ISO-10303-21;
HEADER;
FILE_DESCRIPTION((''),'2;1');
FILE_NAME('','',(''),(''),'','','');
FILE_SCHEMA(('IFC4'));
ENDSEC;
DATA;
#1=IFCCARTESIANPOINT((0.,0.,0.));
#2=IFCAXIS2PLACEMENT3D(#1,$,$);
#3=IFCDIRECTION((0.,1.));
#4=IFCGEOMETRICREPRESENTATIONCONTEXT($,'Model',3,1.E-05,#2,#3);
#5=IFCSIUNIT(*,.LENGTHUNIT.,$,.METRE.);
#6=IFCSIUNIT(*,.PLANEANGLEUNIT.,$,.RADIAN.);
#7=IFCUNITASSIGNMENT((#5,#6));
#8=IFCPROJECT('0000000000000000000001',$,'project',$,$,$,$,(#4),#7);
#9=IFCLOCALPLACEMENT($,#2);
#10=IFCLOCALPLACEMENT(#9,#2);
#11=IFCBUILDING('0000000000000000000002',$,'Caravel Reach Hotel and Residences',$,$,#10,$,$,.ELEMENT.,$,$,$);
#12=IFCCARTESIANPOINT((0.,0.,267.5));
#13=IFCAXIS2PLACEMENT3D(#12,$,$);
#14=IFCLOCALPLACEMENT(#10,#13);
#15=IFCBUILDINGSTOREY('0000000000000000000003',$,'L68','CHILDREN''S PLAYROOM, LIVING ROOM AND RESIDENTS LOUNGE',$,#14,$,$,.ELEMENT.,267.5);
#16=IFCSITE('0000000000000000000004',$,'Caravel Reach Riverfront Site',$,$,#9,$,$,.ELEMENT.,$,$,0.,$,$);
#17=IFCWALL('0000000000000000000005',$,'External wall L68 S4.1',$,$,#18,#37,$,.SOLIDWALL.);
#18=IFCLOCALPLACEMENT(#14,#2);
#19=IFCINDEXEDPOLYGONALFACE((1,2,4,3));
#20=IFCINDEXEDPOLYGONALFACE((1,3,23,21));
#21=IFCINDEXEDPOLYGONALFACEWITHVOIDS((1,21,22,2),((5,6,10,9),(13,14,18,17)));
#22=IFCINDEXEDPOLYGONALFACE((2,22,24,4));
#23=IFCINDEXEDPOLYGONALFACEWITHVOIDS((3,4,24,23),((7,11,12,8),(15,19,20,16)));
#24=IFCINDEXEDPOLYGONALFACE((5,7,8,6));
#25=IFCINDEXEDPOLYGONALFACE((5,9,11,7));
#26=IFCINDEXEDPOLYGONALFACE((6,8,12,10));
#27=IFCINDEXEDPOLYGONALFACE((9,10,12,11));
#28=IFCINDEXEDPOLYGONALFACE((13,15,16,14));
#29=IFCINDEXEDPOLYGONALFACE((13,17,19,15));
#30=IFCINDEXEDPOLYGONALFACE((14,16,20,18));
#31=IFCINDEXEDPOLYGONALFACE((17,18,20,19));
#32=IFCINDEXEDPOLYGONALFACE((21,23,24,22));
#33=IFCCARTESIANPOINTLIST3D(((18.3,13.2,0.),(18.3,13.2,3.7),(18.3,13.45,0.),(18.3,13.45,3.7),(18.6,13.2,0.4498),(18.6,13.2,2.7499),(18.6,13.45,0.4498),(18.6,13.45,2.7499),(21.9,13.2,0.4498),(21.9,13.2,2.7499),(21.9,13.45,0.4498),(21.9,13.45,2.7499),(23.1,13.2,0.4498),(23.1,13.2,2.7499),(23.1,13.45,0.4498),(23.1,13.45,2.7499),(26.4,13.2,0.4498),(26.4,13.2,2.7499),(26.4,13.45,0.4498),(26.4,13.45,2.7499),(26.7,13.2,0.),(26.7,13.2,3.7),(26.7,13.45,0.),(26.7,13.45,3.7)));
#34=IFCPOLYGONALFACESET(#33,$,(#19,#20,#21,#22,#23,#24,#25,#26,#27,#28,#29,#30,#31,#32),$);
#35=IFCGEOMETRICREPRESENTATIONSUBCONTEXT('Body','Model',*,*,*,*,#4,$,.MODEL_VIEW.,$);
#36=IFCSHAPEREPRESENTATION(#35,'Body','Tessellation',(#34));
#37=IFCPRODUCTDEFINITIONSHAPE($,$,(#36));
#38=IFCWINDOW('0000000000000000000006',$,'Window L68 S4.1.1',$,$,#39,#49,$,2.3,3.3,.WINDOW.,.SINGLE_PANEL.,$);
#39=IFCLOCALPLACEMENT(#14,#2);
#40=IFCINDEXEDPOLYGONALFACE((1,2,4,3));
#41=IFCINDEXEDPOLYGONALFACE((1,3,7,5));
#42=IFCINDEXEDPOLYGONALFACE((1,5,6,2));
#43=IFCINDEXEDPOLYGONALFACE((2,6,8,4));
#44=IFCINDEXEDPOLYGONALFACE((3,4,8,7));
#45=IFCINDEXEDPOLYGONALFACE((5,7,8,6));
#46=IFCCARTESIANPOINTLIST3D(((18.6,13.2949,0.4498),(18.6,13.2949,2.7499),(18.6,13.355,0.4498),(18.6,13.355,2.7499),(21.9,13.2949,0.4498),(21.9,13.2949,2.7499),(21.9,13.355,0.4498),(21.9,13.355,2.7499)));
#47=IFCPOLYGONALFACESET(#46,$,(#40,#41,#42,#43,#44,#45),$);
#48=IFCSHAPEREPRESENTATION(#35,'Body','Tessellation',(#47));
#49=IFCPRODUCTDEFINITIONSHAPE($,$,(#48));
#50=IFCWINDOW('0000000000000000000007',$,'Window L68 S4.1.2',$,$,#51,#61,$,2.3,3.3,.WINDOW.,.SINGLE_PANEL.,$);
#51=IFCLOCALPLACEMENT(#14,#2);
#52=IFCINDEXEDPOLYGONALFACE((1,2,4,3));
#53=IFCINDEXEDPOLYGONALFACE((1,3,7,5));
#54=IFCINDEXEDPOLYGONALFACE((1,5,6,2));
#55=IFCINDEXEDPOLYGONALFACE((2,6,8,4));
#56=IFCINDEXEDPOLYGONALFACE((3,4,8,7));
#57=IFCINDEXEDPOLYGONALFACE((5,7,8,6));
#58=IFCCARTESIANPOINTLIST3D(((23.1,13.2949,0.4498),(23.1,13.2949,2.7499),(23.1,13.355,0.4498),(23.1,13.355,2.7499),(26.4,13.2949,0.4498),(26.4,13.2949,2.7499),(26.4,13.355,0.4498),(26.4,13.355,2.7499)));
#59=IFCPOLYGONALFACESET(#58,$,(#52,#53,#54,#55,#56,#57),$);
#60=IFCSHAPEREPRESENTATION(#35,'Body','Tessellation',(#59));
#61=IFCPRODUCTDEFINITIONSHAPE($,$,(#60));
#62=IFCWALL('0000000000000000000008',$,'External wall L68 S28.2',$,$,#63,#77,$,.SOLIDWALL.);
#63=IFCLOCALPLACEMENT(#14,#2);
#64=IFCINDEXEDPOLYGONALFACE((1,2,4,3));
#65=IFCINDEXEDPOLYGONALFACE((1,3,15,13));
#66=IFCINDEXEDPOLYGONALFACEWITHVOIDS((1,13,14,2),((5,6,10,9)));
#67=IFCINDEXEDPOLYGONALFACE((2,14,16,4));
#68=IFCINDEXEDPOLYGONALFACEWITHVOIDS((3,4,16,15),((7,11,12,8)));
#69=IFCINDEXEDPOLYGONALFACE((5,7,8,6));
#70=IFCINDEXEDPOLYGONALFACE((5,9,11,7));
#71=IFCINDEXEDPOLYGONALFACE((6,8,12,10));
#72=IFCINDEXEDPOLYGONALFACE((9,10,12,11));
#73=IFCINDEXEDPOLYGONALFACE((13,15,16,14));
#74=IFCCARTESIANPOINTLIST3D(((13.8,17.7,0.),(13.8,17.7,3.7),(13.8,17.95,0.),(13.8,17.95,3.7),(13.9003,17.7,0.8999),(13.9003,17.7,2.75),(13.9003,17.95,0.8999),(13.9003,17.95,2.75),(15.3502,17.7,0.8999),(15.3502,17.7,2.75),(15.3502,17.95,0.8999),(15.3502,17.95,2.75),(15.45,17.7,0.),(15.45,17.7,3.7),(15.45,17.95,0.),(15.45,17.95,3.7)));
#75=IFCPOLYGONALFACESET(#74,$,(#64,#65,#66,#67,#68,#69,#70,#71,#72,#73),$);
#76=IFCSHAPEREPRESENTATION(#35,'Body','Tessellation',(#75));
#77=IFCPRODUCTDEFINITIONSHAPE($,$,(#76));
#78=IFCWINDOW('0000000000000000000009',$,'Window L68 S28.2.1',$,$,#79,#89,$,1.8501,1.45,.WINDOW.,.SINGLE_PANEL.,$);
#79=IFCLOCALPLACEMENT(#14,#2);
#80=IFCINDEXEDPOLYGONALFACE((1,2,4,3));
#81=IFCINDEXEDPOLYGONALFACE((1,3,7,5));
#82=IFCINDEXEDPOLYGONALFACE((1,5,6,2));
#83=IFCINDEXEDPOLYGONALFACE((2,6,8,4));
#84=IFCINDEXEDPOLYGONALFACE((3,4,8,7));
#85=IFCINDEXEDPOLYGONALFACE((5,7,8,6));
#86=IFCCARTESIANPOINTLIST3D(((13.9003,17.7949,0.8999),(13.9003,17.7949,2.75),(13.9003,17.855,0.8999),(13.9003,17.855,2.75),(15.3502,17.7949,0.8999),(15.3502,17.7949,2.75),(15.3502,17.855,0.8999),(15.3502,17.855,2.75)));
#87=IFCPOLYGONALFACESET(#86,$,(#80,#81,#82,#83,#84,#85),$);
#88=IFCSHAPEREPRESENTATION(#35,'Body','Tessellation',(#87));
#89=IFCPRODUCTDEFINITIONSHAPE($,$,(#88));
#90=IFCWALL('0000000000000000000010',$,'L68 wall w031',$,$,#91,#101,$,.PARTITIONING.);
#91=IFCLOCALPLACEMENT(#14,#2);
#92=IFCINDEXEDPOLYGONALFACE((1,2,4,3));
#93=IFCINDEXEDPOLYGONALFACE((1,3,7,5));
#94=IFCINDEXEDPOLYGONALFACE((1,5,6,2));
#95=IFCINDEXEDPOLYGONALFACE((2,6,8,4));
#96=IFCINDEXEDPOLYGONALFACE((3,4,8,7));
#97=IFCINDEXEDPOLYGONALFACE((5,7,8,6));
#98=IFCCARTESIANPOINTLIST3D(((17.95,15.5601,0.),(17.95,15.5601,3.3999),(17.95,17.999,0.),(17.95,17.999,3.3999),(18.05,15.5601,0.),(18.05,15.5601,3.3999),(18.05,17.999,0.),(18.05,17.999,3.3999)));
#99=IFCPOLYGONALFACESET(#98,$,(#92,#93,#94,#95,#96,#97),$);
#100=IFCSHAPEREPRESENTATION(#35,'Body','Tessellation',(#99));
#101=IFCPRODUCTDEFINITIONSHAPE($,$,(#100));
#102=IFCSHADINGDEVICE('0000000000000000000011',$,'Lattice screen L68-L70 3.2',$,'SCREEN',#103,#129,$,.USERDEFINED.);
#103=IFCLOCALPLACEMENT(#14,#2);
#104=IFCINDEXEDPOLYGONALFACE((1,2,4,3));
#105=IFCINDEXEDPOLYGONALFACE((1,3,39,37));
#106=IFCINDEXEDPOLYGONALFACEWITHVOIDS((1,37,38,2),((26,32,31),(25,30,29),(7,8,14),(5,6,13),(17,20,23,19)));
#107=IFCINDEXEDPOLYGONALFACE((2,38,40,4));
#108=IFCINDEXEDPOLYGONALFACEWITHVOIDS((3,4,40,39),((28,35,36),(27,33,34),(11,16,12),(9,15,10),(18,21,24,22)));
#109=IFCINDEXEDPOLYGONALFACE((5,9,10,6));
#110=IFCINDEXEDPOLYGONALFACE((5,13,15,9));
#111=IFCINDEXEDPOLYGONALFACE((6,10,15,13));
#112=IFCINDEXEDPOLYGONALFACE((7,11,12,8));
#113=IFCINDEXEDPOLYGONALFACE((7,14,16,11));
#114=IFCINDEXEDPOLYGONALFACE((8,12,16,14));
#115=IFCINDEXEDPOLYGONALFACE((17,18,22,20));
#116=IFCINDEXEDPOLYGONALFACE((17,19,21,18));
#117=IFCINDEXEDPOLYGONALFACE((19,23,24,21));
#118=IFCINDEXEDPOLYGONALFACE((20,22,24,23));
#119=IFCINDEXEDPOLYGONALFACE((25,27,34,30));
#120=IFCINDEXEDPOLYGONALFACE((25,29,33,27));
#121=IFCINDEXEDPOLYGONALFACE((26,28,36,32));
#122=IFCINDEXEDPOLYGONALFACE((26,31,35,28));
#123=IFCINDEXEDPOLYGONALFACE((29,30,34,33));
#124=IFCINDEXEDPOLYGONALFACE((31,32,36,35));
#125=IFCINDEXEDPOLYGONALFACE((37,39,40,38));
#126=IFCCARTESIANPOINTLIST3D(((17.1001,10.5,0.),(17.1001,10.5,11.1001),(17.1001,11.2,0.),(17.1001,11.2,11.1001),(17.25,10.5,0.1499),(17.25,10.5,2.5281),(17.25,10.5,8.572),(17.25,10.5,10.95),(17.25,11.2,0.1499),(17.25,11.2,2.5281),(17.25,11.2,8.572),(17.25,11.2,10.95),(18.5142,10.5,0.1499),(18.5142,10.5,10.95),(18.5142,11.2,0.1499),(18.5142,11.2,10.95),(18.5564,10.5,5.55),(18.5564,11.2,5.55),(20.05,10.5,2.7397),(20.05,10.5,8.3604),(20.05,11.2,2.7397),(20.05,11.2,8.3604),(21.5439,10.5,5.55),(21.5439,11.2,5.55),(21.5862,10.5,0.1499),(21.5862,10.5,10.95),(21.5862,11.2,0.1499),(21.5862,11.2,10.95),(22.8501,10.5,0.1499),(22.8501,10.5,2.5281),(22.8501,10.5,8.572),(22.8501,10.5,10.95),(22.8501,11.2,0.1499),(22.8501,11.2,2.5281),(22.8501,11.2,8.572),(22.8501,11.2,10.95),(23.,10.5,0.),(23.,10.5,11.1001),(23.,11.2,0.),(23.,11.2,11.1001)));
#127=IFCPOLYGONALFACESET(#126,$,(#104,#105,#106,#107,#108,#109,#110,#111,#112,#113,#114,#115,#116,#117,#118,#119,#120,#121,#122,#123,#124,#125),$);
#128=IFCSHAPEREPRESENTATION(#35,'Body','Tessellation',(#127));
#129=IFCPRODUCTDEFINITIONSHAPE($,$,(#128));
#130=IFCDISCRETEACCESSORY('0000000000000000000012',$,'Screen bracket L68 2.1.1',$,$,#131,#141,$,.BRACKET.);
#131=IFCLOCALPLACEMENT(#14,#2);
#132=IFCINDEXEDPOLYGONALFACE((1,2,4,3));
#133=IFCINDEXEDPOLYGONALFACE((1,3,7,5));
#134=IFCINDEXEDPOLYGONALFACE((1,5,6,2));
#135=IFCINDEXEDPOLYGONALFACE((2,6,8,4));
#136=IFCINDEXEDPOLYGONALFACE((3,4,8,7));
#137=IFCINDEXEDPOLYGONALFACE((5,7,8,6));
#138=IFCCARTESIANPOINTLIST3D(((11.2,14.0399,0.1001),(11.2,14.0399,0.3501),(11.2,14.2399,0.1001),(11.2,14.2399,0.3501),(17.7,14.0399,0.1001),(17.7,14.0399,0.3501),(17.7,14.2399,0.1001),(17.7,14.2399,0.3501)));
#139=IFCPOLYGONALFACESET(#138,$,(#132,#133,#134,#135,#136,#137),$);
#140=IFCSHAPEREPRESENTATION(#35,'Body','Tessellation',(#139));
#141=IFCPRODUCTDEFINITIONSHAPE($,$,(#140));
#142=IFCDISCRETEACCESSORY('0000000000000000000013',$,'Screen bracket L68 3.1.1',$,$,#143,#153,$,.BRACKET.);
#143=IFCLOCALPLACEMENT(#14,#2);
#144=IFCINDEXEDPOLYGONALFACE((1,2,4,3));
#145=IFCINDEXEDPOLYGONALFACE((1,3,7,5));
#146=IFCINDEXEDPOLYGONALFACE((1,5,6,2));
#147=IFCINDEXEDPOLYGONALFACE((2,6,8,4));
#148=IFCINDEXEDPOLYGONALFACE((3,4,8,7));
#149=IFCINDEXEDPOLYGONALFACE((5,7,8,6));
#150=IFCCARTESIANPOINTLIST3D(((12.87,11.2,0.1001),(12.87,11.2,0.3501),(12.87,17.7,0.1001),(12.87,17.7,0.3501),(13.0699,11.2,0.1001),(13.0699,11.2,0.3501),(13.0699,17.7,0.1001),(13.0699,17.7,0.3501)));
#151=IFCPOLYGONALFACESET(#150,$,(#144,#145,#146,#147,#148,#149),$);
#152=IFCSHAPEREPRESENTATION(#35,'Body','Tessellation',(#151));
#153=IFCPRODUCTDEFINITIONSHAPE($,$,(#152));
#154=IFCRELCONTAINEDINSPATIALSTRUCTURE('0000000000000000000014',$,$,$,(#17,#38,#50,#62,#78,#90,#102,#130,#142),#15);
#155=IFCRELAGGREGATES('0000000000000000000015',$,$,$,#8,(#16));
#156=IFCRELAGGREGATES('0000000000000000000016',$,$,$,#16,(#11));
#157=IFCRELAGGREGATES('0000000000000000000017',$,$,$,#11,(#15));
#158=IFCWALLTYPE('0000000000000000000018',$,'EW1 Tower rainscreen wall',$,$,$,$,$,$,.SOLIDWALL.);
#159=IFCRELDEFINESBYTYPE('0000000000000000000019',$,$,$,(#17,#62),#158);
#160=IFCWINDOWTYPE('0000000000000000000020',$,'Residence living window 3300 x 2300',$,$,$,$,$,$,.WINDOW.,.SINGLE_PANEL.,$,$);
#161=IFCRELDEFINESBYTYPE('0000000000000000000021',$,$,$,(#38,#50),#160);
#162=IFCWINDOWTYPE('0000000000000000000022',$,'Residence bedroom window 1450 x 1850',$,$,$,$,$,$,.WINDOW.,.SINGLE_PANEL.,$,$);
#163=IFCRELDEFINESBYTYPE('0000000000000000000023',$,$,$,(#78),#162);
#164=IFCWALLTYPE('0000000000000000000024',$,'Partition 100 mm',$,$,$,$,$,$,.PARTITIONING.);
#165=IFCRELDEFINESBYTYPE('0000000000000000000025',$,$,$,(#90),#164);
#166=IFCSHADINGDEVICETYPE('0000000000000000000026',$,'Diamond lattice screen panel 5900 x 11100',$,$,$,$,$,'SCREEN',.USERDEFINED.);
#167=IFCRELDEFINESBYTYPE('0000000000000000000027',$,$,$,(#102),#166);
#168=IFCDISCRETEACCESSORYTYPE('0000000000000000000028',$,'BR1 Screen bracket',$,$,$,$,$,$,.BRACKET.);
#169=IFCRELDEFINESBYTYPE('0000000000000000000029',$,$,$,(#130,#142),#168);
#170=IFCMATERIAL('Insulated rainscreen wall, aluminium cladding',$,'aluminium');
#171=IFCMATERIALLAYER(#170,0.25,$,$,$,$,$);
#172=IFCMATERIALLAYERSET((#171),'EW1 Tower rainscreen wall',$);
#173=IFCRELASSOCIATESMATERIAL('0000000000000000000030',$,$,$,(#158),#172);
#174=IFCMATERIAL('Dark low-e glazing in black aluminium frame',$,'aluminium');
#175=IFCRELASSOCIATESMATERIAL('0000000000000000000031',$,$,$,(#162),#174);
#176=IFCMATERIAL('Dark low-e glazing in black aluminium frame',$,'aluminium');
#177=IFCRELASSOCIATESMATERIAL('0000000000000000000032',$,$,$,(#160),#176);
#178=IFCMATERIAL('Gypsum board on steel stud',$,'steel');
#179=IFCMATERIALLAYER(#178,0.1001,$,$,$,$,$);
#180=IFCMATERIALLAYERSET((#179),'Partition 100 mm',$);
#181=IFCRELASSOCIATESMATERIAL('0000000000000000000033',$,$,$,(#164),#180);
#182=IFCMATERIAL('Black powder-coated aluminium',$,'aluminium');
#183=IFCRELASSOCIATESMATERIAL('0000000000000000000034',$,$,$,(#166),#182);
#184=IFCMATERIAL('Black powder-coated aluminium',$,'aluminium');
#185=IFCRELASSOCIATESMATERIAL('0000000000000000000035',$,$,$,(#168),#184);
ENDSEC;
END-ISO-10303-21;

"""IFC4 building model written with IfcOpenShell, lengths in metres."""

from ifc_helpers import new_model, si_unit, direction, frame, frame_2d, origin, origin_2d, place, context, subcontext, project, spatial, polyline, rectangle, outline, extrude, material, layer, layer_set, type_object, element, fill, save


model = new_model("IFC4")

# Units and contexts
model_context = context("Model", 3, precision=1e-05, world=origin(), true_north=direction((0.0, 1.0)))
body_context = subcontext(model_context, "Body", "Model", "MODEL_VIEW")
ifc_project = project(units=[si_unit("LENGTHUNIT", "METRE"), si_unit("PLANEANGLEUNIT", "RADIAN")], contexts=[model_context])

# Site, building, storey
site_placement = place(None, origin())
site = spatial("IfcSite", under=ifc_project, at=site_placement, Name="Caravel Reach Riverfront Site", CompositionType="ELEMENT", RefElevation=0.0)
building_placement = place(site_placement, origin())
building = spatial("IfcBuilding", under=site, at=building_placement, Name="Caravel Reach Hotel and Residences", CompositionType="ELEMENT")
storey_placement = place(building_placement, frame((0.0, 0.0, 267.5)))
storey = spatial("IfcBuildingStorey", under=building, at=storey_placement, Name="L68", Description="CHILDREN'S PLAYROOM, LIVING ROOM AND RESIDENTS LOUNGE", CompositionType="ELEMENT", Elevation=267.5)

# Shared definitions
ifc_material_1 = material(Name="Insulated rainscreen wall, aluminium cladding", Category="aluminium")
ifc_layer_1 = layer(ifc_material_1, 0.25)
ifc_layer_set_1 = layer_set([ifc_layer_1], Name="EW1 Tower rainscreen wall")
wall_type_1 = type_object("IfcWallType", Name="EW1 Tower rainscreen wall", PredefinedType="SOLIDWALL", material=ifc_layer_set_1)
ifc_material_2 = material(Name="Dark low-e glazing in black aluminium frame", Category="aluminium")
window_type_1 = type_object("IfcWindowType", Name="Residence bedroom window 1450 x 1850", PartitioningType="SINGLE_PANEL", PredefinedType="WINDOW", material=ifc_material_2)

# Wall, openings, windows
wall_1_placement = place(storey_placement, frame((18.3, 13.325, 0.0), z_axis=(0.0, 0.0, 1.0), x_axis=(1.0, 0.0, 0.0)))
wall_1 = element("IfcWall", 1, at=wall_1_placement, inside=storey, type_object=wall_type_1, Name="External wall L68 S4.1", PredefinedType="SOLIDWALL", context=body_context, shape_type="SweptSolid", body=[
    extrude(rectangle(XDim=8.3999, YDim=0.25, at=frame_2d((4.2, 0.0))), origin(), (0.0, 0.0, 1.0), 3.7),
])
opening_1_placement = place(wall_1_placement, frame((0.3, 0.0, 0.45)))
opening_1 = element("IfcOpeningElement", 2, at=opening_1_placement, cuts=wall_1, PredefinedType="OPENING", context=body_context, shape_type="SweptSolid", body=[
    extrude(rectangle(XDim=3.3, YDim=2.3, at=frame_2d((1.6499, 1.1499))), frame((0.0, 0.135, 0.0), z_axis=(0.0, -1.0, 0.0), x_axis=(1.0, 0.0, 0.0)), (0.0, 0.0, 1.0), 0.27),
])
opening_2_placement = place(wall_1_placement, frame((4.8, 0.0, 0.45)))
opening_2 = element("IfcOpeningElement", 3, at=opening_2_placement, cuts=wall_1, PredefinedType="OPENING", context=body_context, shape_type="SweptSolid", body=[
    extrude(rectangle(XDim=3.3, YDim=2.3, at=frame_2d((1.6499, 1.1499))), frame((0.0, 0.135, 0.0), z_axis=(0.0, -1.0, 0.0), x_axis=(1.0, 0.0, 0.0)), (0.0, 0.0, 1.0), 0.27),
])
ifc_material_3 = material(Name="Dark low-e glazing in black aluminium frame", Category="aluminium")
window_type_2 = type_object("IfcWindowType", Name="Residence living window 3300 x 2300", PartitioningType="SINGLE_PANEL", PredefinedType="WINDOW", material=ifc_material_3)
window_1_placement = place(opening_1_placement, origin())
window_1 = element("IfcWindow", 4, at=window_1_placement, inside=storey, type_object=window_type_2, Name="Window L68 S4.1.1", OverallHeight=2.3, OverallWidth=3.3, PartitioningType="SINGLE_PANEL", PredefinedType="WINDOW", context=body_context, shape_type="SweptSolid", body=[
    extrude(rectangle(XDim=3.3, YDim=2.3, at=frame_2d((1.6499, 1.1499))), frame((0.0, 0.03, 0.0), z_axis=(0.0, -1.0, 0.0), x_axis=(1.0, 0.0, 0.0)), (0.0, 0.0, 1.0), 0.0601),
])
fill(opening_1, window_1)
window_2_placement = place(opening_2_placement, origin())
window_2 = element("IfcWindow", 5, at=window_2_placement, inside=storey, type_object=window_type_2, Name="Window L68 S4.1.2", OverallHeight=2.3, OverallWidth=3.3, PartitioningType="SINGLE_PANEL", PredefinedType="WINDOW", context=body_context, shape_type="SweptSolid", body=[
    extrude(rectangle(XDim=3.3, YDim=2.3, at=frame_2d((1.6499, 1.1499))), frame((0.0, 0.03, 0.0), z_axis=(0.0, -1.0, 0.0), x_axis=(1.0, 0.0, 0.0)), (0.0, 0.0, 1.0), 0.0601),
])
fill(opening_2, window_2)

# Wall, opening, window
wall_2_placement = place(storey_placement, frame((13.8, 17.825, 0.0), z_axis=(0.0, 0.0, 1.0), x_axis=(1.0, 0.0, 0.0)))
wall_2 = element("IfcWall", 6, at=wall_2_placement, inside=storey, type_object=wall_type_1, Name="External wall L68 S28.2", PredefinedType="SOLIDWALL", context=body_context, shape_type="SweptSolid", body=[
    extrude(rectangle(XDim=1.6499, YDim=0.25, at=frame_2d((0.825, 0.0))), origin(), (0.0, 0.0, 1.0), 3.7),
])
opening_3_placement = place(wall_2_placement, frame((0.1001, 0.0, 0.8999)))
opening_3 = element("IfcOpeningElement", 7, at=opening_3_placement, cuts=wall_2, PredefinedType="OPENING", context=body_context, shape_type="SweptSolid", body=[
    extrude(rectangle(XDim=1.45, YDim=1.8501, at=frame_2d((0.7251, 0.925))), frame((0.0, 0.135, 0.0), z_axis=(0.0, -1.0, 0.0), x_axis=(1.0, 0.0, 0.0)), (0.0, 0.0, 1.0), 0.27),
])
window_3_placement = place(opening_3_placement, origin())
window_3 = element("IfcWindow", 8, at=window_3_placement, inside=storey, type_object=window_type_1, Name="Window L68 S28.2.1", OverallHeight=1.8501, OverallWidth=1.45, PartitioningType="SINGLE_PANEL", PredefinedType="WINDOW", context=body_context, shape_type="SweptSolid", body=[
    extrude(rectangle(XDim=1.45, YDim=1.8501, at=frame_2d((0.7251, 0.925))), frame((0.0, 0.03, 0.0), z_axis=(0.0, -1.0, 0.0), x_axis=(1.0, 0.0, 0.0)), (0.0, 0.0, 1.0), 0.0601),
])
fill(opening_3, window_3)

# Wall
ifc_material_4 = material(Name="Gypsum board on steel stud", Category="steel")
ifc_layer_2 = layer(ifc_material_4, 0.1001)
ifc_layer_set_2 = layer_set([ifc_layer_2], Name="Partition 100 mm")
wall_type_2 = type_object("IfcWallType", Name="Partition 100 mm", PredefinedType="PARTITIONING", material=ifc_layer_set_2)
wall_3_placement = place(storey_placement, frame((18.0, 15.5601, 0.0), z_axis=(0.0, 0.0, 1.0), x_axis=(0.0, 1.0, 0.0)))
element("IfcWall", 9, at=wall_3_placement, inside=storey, type_object=wall_type_2, Name="L68 wall w031", PredefinedType="PARTITIONING", context=body_context, shape_type="SweptSolid", body=[
    extrude(rectangle(XDim=2.439, YDim=0.1001, at=frame_2d((1.2195, 0.0))), origin(), (0.0, 0.0, 1.0), 3.3999),
])

# Shading device
ifc_material_5 = material(Name="Black powder-coated aluminium", Category="aluminium")
shading_device_type_1 = type_object("IfcShadingDeviceType", Name="Diamond lattice screen panel 5900 x 11100", ElementType="SCREEN", PredefinedType="USERDEFINED", material=ifc_material_5)
shading_device_1_placement = place(storey_placement, frame((17.1001, 11.2, 0.0), z_axis=(0.0, -1.0, 0.0), x_axis=(1.0, 0.0, 0.0)))
element("IfcShadingDevice", 10, at=shading_device_1_placement, inside=storey, type_object=shading_device_type_1, Name="Lattice screen L68-L70 3.2", ObjectType="SCREEN", PredefinedType="USERDEFINED", context=body_context, shape_type="SweptSolid", body=[
    extrude(outline(polyline([(0.0, 0.0), (5.8999, 0.0), (5.8999, 11.1001), (0.0, 11.1001), (0.0, 0.0)]), holes=[polyline([(1.4141, 0.1499), (0.1499, 2.5281), (0.1499, 0.1499), (1.4141, 0.1499)]), polyline([(0.1499, 8.572), (1.4141, 10.95), (0.1499, 10.95), (0.1499, 8.572)]), polyline([(2.95, 8.3604), (1.4563, 5.55), (2.95, 2.7397), (4.4438, 5.55), (2.95, 8.3604)]), polyline([(5.75, 2.5281), (4.4861, 0.1499), (5.75, 0.1499), (5.75, 2.5281)]), polyline([(4.4861, 10.95), (5.75, 8.572), (5.75, 10.95), (4.4861, 10.95)])]), origin(), (0.0, 0.0, 1.0), 0.7),
])

# Discrete accessories
ifc_material_6 = material(Name="Black powder-coated aluminium", Category="aluminium")
discrete_accessory_type = type_object("IfcDiscreteAccessoryType", Name="BR1 Screen bracket", PredefinedType="BRACKET", material=ifc_material_6)
for number, where, z_axis, x_axis, name in (
    (11, (14.45, 14.1399, 0.1001), (0.0, 0.0, 1.0), (-1.0, 0.0, 0.0), "Screen bracket L68 2.1.1"),
    (12, (12.97, 14.45, 0.1001), (0.0, 0.0, 1.0), (0.0, -1.0, 0.0), "Screen bracket L68 3.1.1"),
):
    element("IfcDiscreteAccessory", number, at=place(storey_placement, frame(where, z_axis=z_axis, x_axis=x_axis)), inside=storey, type_object=discrete_accessory_type, Name=name, PredefinedType="BRACKET", context=body_context, shape_type="SweptSolid", body=[
        extrude(rectangle(XDim=6.5, YDim=0.2, at=origin_2d()), origin(), (0.0, 0.0, 1.0), 0.25),
    ])

save(model, "model.ifc")
